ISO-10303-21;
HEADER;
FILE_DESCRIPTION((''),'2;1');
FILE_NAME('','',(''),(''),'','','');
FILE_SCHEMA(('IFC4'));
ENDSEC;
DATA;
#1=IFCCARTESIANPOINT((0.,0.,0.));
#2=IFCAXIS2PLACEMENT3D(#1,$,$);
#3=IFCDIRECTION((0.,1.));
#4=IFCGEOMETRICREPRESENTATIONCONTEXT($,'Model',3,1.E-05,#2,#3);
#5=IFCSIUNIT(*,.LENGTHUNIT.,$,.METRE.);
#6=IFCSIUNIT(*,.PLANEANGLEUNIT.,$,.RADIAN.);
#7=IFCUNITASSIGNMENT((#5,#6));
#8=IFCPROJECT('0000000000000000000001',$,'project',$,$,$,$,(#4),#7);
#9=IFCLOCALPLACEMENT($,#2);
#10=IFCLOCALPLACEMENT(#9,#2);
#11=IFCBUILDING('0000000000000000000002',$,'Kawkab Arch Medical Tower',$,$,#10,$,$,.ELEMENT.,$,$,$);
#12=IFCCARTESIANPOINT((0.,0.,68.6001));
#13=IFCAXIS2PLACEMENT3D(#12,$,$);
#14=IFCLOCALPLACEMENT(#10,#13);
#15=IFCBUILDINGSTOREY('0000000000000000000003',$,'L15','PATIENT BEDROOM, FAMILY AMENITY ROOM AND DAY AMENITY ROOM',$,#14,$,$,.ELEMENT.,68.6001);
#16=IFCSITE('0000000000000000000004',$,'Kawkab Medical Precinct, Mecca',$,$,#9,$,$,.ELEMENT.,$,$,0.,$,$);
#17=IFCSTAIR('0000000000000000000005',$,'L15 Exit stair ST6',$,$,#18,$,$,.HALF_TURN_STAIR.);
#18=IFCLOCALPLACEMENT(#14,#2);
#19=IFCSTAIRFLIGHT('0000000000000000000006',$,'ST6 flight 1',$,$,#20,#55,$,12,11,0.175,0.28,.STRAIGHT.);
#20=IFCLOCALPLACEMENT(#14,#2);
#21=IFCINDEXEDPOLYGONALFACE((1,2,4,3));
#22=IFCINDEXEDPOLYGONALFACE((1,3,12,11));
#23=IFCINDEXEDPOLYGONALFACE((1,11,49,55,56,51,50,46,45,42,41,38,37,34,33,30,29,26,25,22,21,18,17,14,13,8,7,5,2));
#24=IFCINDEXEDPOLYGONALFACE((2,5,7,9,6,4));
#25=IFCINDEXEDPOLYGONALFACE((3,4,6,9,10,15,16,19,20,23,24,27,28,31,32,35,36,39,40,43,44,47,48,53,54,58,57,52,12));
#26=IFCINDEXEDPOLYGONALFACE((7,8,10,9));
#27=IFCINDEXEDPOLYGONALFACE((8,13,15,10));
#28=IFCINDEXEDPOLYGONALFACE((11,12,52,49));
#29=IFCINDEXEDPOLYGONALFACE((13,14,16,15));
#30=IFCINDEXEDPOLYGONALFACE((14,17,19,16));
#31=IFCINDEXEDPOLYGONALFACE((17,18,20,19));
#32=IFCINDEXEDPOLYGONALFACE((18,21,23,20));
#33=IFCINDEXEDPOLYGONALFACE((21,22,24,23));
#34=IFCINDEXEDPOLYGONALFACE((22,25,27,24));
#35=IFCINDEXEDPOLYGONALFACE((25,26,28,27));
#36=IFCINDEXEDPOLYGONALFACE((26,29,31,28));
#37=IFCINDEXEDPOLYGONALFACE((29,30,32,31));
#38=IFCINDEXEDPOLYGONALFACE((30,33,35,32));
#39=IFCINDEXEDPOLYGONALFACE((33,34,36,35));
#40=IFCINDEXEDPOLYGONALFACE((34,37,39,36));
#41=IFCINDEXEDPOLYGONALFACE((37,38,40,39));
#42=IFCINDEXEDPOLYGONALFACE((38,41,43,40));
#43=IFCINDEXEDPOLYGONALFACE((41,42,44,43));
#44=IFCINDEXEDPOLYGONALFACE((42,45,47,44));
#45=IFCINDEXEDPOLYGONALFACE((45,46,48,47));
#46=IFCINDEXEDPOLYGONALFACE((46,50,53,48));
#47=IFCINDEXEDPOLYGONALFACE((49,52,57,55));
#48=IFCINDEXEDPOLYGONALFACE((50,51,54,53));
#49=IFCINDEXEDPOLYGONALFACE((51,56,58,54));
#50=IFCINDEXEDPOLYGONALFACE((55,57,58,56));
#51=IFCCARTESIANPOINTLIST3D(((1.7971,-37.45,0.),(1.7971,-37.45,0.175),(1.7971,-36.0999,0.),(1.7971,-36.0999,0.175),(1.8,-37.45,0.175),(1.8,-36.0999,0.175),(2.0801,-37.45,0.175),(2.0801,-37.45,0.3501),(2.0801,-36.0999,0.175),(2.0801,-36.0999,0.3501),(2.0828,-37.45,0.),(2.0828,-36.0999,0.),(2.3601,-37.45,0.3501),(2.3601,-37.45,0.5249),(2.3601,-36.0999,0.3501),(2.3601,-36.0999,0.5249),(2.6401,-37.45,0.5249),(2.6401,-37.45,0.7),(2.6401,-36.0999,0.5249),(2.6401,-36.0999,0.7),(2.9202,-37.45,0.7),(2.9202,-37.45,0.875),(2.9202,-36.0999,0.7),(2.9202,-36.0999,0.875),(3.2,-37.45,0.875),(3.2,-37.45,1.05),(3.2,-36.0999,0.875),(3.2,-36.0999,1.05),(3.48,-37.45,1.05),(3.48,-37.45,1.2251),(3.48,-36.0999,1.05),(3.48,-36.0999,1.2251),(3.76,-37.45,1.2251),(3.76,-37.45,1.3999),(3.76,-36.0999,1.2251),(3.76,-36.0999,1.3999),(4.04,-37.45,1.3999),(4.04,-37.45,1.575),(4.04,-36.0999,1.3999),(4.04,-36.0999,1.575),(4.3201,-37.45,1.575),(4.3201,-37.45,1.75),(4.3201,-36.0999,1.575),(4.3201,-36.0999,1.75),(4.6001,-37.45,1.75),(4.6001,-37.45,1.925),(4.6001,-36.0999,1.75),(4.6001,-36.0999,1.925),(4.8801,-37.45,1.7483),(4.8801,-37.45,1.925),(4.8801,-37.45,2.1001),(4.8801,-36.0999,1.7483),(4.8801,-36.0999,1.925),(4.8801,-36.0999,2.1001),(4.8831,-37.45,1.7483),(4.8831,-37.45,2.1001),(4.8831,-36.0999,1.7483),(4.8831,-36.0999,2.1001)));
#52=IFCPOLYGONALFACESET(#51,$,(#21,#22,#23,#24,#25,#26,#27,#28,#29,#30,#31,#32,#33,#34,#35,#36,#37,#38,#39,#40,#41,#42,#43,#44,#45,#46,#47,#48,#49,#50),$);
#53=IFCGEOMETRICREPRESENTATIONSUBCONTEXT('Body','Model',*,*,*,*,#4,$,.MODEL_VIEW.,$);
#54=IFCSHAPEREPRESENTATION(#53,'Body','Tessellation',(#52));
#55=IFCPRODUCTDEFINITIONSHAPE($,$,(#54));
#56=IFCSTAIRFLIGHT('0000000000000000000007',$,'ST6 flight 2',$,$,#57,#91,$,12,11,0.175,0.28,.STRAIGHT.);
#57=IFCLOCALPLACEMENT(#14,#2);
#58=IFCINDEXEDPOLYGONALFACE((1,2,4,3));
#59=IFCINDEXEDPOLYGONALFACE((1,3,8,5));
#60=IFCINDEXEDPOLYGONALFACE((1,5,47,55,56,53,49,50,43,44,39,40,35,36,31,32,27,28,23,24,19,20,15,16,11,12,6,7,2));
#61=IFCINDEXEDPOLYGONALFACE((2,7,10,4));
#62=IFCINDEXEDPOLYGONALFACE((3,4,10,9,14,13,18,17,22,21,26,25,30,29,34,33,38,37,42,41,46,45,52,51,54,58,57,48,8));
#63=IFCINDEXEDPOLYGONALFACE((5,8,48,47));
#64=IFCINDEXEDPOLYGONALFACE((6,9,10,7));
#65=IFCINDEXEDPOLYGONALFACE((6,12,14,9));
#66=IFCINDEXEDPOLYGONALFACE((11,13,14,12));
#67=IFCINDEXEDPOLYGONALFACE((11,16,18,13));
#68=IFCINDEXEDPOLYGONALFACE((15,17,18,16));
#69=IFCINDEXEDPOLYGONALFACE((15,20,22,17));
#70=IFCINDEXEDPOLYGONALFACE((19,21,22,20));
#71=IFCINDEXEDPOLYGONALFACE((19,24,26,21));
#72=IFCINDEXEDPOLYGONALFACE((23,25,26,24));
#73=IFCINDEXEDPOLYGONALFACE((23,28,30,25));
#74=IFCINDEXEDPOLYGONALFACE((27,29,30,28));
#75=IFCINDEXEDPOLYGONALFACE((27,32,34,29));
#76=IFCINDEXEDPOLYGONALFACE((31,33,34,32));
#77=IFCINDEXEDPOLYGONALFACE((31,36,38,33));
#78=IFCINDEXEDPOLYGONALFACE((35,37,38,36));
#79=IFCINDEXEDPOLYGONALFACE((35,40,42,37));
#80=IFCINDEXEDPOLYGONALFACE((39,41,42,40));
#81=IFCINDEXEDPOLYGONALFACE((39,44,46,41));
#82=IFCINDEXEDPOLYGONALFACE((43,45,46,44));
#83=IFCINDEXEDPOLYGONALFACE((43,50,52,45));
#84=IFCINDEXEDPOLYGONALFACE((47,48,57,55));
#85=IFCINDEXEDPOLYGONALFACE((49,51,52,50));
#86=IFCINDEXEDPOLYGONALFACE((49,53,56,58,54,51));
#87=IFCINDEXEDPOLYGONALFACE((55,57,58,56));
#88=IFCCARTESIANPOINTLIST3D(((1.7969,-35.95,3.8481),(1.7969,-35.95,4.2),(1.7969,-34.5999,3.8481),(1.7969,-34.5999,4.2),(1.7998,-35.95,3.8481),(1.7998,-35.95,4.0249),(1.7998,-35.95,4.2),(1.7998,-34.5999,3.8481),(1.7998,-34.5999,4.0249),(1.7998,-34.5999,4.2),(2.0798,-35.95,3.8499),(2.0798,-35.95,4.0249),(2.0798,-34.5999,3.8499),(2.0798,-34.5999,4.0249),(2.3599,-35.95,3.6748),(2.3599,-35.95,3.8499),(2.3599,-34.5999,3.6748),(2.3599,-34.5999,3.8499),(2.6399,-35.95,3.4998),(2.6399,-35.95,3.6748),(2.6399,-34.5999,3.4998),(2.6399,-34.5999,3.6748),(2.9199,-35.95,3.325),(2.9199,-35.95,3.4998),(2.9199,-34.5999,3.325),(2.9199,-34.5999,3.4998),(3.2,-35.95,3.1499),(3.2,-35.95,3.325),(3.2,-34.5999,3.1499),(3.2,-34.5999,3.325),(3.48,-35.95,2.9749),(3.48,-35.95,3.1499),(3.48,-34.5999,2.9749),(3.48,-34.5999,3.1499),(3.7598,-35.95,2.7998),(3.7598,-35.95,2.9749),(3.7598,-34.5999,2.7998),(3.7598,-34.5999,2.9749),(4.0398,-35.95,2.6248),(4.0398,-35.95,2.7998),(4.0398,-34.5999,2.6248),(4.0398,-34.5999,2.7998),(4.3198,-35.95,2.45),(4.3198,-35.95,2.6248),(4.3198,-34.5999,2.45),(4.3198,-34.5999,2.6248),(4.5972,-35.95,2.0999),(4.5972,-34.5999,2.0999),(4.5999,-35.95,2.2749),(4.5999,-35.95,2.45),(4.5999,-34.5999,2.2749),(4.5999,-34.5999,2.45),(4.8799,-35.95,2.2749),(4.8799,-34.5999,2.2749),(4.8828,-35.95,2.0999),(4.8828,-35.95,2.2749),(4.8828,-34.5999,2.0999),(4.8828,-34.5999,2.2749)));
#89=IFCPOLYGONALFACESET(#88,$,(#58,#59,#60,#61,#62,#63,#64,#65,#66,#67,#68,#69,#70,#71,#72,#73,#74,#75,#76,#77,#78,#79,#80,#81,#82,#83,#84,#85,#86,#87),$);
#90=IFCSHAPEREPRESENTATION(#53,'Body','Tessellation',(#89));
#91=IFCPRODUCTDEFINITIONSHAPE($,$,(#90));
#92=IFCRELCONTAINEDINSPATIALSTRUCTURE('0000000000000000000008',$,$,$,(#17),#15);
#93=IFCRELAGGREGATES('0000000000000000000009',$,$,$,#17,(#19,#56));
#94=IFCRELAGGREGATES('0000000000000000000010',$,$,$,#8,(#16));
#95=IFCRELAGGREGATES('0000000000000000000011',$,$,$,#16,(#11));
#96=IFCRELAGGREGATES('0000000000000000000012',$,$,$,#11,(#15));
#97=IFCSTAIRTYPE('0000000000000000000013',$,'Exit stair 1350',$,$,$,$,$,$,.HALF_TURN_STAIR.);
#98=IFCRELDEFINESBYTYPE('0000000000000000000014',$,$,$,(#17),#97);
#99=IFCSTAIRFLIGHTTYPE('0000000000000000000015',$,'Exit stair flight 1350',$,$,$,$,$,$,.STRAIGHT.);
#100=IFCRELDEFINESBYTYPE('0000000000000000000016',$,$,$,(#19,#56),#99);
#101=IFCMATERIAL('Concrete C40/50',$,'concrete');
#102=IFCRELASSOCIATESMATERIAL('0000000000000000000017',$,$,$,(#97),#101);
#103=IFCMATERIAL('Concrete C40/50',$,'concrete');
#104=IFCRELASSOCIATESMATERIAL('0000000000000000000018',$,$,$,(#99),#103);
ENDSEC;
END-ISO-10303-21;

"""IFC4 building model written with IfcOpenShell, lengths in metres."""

from ifc_helpers import new_model, si_unit, direction, frame, origin, place, context, subcontext, project, spatial, polyline, outline, extrude, material, type_object, element, aggregate, save


model = new_model("IFC4")

# Units and contexts
model_context = context("Model", 3, precision=1e-05, world=origin(), true_north=direction((0.0, 1.0)))
body_context = subcontext(model_context, "Body", "Model", "MODEL_VIEW")
ifc_project = project(units=[si_unit("LENGTHUNIT", "METRE"), si_unit("PLANEANGLEUNIT", "RADIAN")], contexts=[model_context])

# Site, building, storey
site_placement = place(None, origin())
site = spatial("IfcSite", under=ifc_project, at=site_placement, Name="Kawkab Medical Precinct, Mecca", CompositionType="ELEMENT", RefElevation=0.0)
building_placement = place(site_placement, origin())
building = spatial("IfcBuilding", under=site, at=building_placement, Name="Kawkab Arch Medical Tower", CompositionType="ELEMENT")
storey_placement = place(building_placement, frame((0.0, 0.0, 68.6001)))
storey = spatial("IfcBuildingStorey", under=building, at=storey_placement, Name="L15", Description="PATIENT BEDROOM, FAMILY AMENITY ROOM AND DAY AMENITY ROOM", CompositionType="ELEMENT", Elevation=68.6001)

# Stair, stair flights
ifc_material_1 = material(Name="Concrete C40/50", Category="concrete")
stair_type = type_object("IfcStairType", Name="Exit stair 1350", PredefinedType="HALF_TURN_STAIR", material=ifc_material_1)
stair_placement = place(storey_placement, origin())
stair = element("IfcStair", 1, at=stair_placement, inside=storey, type_object=stair_type, Name="L15 Exit stair ST6", PredefinedType="HALF_TURN_STAIR")
ifc_material_2 = material(Name="Concrete C40/50", Category="concrete")
stair_flight_type = type_object("IfcStairFlightType", Name="Exit stair flight 1350", PredefinedType="STRAIGHT", material=ifc_material_2)
stair_flight_1_placement = place(storey_placement, frame((1.8, -36.7749, 0.0), z_axis=(0.0, 0.0, 1.0), x_axis=(1.0, 0.0, 0.0)))
stair_flight_1 = element("IfcStairFlight", 2, at=stair_flight_1_placement, type_object=stair_flight_type, Name="ST6 flight 1", NumberOfRisers=12, NumberOfTreads=11, PredefinedType="STRAIGHT", RiserHeight=0.175, TreadLength=0.28, context=body_context, shape_type="SweptSolid", body=[
    extrude(outline(polyline([(-0.0029, 0.0), (-0.0029, 0.175), (0.0, 0.175), (0.28, 0.175), (0.28, 0.3501), (0.5601, 0.3501), (0.5601, 0.5249), (0.8401, 0.5249), (0.8401, 0.7), (1.1201, 0.7), (1.1201, 0.875), (1.3999, 0.875), (1.3999, 1.05), (1.6799, 1.05), (1.6799, 1.2251), (1.96, 1.2251), (1.96, 1.3999), (2.24, 1.3999), (2.24, 1.575), (2.52, 1.575), (2.52, 1.75), (2.8, 1.75), (2.8, 1.925), (3.0801, 1.925), (3.0801, 2.1001), (3.083, 2.1001), (3.083, 1.7483), (3.0801, 1.7483), (0.2827, 0.0), (-0.0029, 0.0)])), frame((0.0, 0.675, 0.0), z_axis=(0.0, -1.0, 0.0), x_axis=(1.0, 0.0, 0.0)), (0.0, 0.0, 1.0), 1.3501),
])
stair_flight_2_placement = place(storey_placement, frame((4.8799, -35.2749, 2.0999), z_axis=(0.0, 0.0, 1.0), x_axis=(-1.0, 0.0, 0.0)))
stair_flight_2 = element("IfcStairFlight", 3, at=stair_flight_2_placement, type_object=stair_flight_type, Name="ST6 flight 2", NumberOfRisers=12, NumberOfTreads=11, PredefinedType="STRAIGHT", RiserHeight=0.175, TreadLength=0.28, context=body_context, shape_type="SweptSolid", body=[
    extrude(outline(polyline([(-0.0029, 0.0), (-0.0029, 0.175), (0.0, 0.175), (0.28, 0.175), (0.28, 0.3501), (0.5601, 0.3501), (0.5601, 0.5249), (0.8401, 0.5249), (0.8401, 0.7), (1.1201, 0.7), (1.1201, 0.875), (1.3999, 0.875), (1.3999, 1.05), (1.6799, 1.05), (1.6799, 1.2251), (1.96, 1.2251), (1.96, 1.3999), (2.24, 1.3999), (2.24, 1.575), (2.52, 1.575), (2.52, 1.75), (2.8, 1.75), (2.8, 1.925), (3.0801, 1.925), (3.0801, 2.1001), (3.083, 2.1001), (3.083, 1.7483), (3.0801, 1.7483), (0.2827, 0.0), (-0.0029, 0.0)])), frame((0.0, 0.675, 0.0), z_axis=(0.0, -1.0, 0.0), x_axis=(1.0, 0.0, 0.0)), (0.0, 0.0, 1.0), 1.3501),
])
aggregate(stair, [stair_flight_1, stair_flight_2])

save(model, "model.ifc")
